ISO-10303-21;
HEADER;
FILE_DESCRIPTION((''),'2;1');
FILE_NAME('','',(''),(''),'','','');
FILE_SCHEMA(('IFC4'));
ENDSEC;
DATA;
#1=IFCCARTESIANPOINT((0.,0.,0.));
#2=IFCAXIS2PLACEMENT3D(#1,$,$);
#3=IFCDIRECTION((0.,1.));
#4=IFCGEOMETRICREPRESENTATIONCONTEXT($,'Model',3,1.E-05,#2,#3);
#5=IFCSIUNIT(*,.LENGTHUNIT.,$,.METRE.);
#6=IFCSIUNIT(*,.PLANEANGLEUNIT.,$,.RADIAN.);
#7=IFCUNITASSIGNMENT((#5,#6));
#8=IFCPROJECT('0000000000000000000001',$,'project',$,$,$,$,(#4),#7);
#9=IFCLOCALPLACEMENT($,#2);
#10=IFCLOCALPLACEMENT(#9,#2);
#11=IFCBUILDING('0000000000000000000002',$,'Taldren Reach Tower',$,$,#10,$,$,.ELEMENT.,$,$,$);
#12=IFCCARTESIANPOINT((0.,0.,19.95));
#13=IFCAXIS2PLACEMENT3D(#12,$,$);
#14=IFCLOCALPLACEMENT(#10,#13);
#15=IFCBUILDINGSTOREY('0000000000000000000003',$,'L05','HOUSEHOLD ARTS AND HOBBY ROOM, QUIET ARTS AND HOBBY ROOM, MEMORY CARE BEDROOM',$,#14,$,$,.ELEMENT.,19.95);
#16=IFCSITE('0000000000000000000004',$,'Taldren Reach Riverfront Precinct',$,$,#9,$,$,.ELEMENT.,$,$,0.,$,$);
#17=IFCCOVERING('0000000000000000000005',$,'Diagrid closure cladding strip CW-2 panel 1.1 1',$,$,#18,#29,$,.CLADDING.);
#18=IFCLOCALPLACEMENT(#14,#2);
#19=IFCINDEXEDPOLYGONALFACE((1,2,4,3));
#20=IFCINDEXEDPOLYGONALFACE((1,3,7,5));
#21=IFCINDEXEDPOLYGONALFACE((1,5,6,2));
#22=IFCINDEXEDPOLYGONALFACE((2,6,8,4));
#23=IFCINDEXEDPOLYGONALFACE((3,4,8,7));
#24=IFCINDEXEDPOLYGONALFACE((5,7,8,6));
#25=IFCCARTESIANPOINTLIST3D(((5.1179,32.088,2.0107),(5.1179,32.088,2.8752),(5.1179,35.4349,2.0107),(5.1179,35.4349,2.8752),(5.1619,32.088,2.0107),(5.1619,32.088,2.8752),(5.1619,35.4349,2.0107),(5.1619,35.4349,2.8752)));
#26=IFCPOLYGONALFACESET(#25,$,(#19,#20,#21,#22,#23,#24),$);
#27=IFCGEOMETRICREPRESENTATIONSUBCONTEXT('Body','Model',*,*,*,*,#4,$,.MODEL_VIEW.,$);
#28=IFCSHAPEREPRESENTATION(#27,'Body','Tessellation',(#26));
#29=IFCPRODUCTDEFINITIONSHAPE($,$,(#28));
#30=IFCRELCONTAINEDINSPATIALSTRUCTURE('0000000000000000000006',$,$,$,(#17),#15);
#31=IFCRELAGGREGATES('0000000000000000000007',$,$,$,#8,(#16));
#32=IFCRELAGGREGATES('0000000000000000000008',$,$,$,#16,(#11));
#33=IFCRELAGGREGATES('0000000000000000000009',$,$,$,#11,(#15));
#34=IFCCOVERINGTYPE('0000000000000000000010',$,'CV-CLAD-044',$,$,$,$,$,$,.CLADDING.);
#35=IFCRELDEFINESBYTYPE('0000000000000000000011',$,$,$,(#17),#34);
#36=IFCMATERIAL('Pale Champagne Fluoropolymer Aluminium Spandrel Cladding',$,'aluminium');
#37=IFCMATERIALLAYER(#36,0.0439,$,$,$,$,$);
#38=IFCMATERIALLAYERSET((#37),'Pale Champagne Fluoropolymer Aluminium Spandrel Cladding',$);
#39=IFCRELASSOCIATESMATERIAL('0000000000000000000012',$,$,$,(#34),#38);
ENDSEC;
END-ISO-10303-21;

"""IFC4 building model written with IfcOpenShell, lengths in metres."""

from ifc_helpers import new_model, si_unit, direction, frame, origin, origin_2d, place, context, subcontext, project, spatial, rectangle, extrude, source, transform, mapped, material, layer, layer_set, type_object, element, save


model = new_model("IFC4")

# Units and contexts
model_context = context("Model", 3, precision=1e-05, world=origin(), true_north=direction((0.0, 1.0)))
body_context = subcontext(model_context, "Body", "Model", "MODEL_VIEW")
ifc_project = project(units=[si_unit("LENGTHUNIT", "METRE"), si_unit("PLANEANGLEUNIT", "RADIAN")], contexts=[model_context])

# Site, building, storey
site_placement = place(None, origin())
site = spatial("IfcSite", under=ifc_project, at=site_placement, Name="Taldren Reach Riverfront Precinct", CompositionType="ELEMENT", RefElevation=0.0)
building_placement = place(site_placement, origin())
building = spatial("IfcBuilding", under=site, at=building_placement, Name="Taldren Reach Tower", CompositionType="ELEMENT")
storey_placement = place(building_placement, frame((0.0, 0.0, 19.95)))
storey = spatial("IfcBuildingStorey", under=building, at=storey_placement, Name="L05", Description="HOUSEHOLD ARTS AND HOBBY ROOM, QUIET ARTS AND HOBBY ROOM, MEMORY CARE BEDROOM", CompositionType="ELEMENT", Elevation=19.95)

# Covering
ifc_material_1 = material(Name="Pale Champagne Fluoropolymer Aluminium Spandrel Cladding", Category="aluminium")
ifc_layer_1 = layer(ifc_material_1, 0.0439)
ifc_layer_set_1 = layer_set([ifc_layer_1], Name="Pale Champagne Fluoropolymer Aluminium Spandrel Cladding")
covering_type = type_object("IfcCoveringType", Name="CV-CLAD-044", PredefinedType="CLADDING", material=ifc_layer_set_1)
shared_shape_1 = source(origin(), body_context, "Body", "SweptSolid", [
    extrude(rectangle(XDim=3.3469, YDim=0.0439, at=origin_2d()), origin(), (0.0, 0.0, 1.0), 0.8645),
])
covering_placement = place(storey_placement, frame((5.1399, 33.7615, 2.0107), z_axis=(0.0, 0.0, 1.0), x_axis=(0.0, -1.0, 0.0)))
element("IfcCovering", 1, at=covering_placement, inside=storey, type_object=covering_type, Name="Diagrid closure cladding strip CW-2 panel 1.1 1", PredefinedType="CLADDING", context=body_context, shape_type="MappedRepresentation", body=[
    mapped(shared_shape_1, transform((0.0, 0.0, 0.0), scale=1.0)),
])

save(model, "model.ifc")
